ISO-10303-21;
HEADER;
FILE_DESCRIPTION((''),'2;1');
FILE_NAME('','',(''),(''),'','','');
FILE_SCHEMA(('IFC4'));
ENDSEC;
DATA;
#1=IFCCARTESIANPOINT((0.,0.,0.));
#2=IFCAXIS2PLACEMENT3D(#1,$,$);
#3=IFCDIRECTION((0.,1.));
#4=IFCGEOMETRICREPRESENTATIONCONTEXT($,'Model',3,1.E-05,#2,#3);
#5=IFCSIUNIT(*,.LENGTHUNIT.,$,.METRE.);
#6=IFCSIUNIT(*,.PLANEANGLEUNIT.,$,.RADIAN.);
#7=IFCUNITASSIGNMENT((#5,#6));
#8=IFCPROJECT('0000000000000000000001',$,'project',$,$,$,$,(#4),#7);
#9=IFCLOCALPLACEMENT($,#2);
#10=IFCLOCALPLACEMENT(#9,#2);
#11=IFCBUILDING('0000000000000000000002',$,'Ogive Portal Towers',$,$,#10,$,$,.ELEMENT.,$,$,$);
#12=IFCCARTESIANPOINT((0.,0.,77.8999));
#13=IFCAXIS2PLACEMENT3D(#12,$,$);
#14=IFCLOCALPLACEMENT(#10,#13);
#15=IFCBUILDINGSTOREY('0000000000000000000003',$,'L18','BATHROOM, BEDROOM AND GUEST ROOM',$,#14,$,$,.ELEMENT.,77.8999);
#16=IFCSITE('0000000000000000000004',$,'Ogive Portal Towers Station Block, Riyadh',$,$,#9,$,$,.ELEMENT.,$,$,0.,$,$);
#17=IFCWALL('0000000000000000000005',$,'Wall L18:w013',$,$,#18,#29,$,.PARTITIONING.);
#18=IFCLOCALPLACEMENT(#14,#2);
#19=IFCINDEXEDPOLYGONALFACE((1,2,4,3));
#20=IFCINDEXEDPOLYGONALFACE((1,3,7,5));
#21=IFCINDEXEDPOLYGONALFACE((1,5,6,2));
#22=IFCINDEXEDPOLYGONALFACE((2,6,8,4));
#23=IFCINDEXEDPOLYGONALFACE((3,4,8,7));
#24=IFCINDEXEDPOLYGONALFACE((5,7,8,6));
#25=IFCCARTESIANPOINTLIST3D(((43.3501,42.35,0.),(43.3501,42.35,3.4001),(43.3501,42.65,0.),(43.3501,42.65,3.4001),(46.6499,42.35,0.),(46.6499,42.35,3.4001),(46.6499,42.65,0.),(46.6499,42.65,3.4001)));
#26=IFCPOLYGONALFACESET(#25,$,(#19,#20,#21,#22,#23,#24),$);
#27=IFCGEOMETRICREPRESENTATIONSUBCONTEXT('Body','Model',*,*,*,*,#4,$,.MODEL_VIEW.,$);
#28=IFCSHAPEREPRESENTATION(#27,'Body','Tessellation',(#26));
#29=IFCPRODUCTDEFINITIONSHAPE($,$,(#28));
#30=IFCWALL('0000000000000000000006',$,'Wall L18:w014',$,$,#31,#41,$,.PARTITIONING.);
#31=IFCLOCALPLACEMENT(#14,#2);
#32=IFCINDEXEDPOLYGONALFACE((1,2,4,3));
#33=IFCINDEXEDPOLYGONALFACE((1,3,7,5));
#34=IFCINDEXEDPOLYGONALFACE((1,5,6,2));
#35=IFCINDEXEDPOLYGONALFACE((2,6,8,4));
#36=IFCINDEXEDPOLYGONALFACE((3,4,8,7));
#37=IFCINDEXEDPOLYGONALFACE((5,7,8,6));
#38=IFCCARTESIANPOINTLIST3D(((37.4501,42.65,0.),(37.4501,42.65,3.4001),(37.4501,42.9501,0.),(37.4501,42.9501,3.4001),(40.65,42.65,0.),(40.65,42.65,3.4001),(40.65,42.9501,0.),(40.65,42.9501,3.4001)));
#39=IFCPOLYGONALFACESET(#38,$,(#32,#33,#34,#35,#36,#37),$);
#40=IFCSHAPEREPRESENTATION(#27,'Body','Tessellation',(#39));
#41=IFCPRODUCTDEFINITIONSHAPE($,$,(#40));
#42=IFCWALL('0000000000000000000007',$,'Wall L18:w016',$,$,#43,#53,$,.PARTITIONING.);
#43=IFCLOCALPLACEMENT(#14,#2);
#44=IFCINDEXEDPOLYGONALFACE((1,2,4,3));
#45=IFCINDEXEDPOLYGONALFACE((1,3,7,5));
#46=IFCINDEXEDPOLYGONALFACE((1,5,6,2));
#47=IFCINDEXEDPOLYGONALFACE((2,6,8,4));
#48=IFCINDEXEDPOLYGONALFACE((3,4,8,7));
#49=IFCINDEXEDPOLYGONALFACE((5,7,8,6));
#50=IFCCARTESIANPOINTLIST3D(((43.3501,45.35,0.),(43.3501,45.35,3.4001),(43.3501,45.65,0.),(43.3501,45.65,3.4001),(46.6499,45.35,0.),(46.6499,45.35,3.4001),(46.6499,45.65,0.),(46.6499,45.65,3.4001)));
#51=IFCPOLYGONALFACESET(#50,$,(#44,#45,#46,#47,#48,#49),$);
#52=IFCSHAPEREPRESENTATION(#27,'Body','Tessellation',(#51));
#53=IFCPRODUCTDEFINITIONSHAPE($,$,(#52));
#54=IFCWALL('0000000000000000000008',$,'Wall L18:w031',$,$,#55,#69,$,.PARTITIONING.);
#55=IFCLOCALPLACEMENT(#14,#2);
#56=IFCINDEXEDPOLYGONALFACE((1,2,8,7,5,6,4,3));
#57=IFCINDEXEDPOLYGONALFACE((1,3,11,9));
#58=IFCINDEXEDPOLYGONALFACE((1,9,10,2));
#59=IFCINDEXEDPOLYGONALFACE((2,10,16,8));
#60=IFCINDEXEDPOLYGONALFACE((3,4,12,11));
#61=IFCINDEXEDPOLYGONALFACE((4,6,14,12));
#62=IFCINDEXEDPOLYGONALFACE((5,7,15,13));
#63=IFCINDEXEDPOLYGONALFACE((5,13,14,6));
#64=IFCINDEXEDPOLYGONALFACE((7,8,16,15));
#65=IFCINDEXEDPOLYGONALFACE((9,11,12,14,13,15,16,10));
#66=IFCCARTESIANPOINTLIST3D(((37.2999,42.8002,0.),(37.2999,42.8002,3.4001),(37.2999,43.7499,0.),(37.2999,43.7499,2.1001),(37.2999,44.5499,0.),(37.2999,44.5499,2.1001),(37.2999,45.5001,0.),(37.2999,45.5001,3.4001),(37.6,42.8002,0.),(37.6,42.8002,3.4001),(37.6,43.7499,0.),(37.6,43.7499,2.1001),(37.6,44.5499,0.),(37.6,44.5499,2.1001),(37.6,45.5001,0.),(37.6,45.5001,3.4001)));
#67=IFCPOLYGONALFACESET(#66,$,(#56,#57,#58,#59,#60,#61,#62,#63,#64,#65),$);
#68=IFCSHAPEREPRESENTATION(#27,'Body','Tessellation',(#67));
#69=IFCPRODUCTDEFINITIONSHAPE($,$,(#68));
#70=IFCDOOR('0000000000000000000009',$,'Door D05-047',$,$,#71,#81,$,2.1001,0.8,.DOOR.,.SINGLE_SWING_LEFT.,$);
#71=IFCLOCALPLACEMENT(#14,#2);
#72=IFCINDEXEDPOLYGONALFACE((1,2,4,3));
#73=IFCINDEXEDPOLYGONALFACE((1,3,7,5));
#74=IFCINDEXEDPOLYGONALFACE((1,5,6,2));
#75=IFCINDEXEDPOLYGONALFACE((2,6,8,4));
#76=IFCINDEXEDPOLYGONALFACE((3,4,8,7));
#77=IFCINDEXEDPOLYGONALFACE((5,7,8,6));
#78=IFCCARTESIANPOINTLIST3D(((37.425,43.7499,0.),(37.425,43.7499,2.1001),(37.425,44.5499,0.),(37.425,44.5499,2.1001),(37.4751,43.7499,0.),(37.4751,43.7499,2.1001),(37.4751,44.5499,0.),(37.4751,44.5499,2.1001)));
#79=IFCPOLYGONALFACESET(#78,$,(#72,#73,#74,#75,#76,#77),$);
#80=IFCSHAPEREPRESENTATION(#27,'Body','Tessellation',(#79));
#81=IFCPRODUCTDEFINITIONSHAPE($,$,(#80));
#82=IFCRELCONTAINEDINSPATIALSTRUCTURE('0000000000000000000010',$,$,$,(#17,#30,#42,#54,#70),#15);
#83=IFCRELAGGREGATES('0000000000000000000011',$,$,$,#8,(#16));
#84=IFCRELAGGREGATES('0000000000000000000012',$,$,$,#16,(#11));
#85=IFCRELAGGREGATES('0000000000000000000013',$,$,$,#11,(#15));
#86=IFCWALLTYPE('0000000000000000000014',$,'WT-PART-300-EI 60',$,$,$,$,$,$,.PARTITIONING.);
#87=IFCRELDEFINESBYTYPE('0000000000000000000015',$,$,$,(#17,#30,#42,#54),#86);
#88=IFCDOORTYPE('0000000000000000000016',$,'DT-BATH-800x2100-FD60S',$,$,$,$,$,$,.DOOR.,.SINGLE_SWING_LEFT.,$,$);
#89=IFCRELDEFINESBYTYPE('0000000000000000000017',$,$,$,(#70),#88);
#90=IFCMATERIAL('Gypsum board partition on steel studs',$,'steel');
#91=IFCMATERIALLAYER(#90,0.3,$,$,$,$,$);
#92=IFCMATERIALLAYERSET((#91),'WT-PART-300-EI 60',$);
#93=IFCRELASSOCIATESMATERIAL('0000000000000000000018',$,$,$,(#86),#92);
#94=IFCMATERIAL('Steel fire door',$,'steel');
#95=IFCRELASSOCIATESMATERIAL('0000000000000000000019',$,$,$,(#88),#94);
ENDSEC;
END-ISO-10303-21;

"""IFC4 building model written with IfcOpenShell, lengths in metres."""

from ifc_helpers import new_model, si_unit, direction, frame, frame_2d, origin, place, context, subcontext, project, spatial, rectangle, extrude, material, layer, layer_set, type_object, element, fill, save


model = new_model("IFC4")

# Units and contexts
model_context = context("Model", 3, precision=1e-05, world=origin(), true_north=direction((0.0, 1.0)))
body_context = subcontext(model_context, "Body", "Model", "MODEL_VIEW")
ifc_project = project(units=[si_unit("LENGTHUNIT", "METRE"), si_unit("PLANEANGLEUNIT", "RADIAN")], contexts=[model_context])

# Site, building, storey
site_placement = place(None, origin())
site = spatial("IfcSite", under=ifc_project, at=site_placement, Name="Ogive Portal Towers Station Block, Riyadh", CompositionType="ELEMENT", RefElevation=0.0)
building_placement = place(site_placement, origin())
building = spatial("IfcBuilding", under=site, at=building_placement, Name="Ogive Portal Towers", CompositionType="ELEMENT")
storey_placement = place(building_placement, frame((0.0, 0.0, 77.8999)))
storey = spatial("IfcBuildingStorey", under=building, at=storey_placement, Name="L18", Description="BATHROOM, BEDROOM AND GUEST ROOM", CompositionType="ELEMENT", Elevation=77.8999)

# Walls
ifc_material_1 = material(Name="Gypsum board partition on steel studs", Category="steel")
ifc_layer_1 = layer(ifc_material_1, 0.3)
ifc_layer_set_1 = layer_set([ifc_layer_1], Name="WT-PART-300-EI 60")
wall_type_1 = type_object("IfcWallType", Name="WT-PART-300-EI 60", PredefinedType="PARTITIONING", material=ifc_layer_set_1)
wall_1_placement = place(storey_placement, frame((43.3501, 42.5, 0.0), z_axis=(0.0, 0.0, 1.0), x_axis=(1.0, 0.0, 0.0)))
element("IfcWall", 1, at=wall_1_placement, inside=storey, type_object=wall_type_1, Name="Wall L18:w013", PredefinedType="PARTITIONING", context=body_context, shape_type="SweptSolid", body=[
    extrude(rectangle(XDim=3.2998, YDim=0.3, at=frame_2d((1.6499, 0.0))), origin(), (0.0, 0.0, 1.0), 3.4001),
])
wall_2_placement = place(storey_placement, frame((37.45, 42.8, 0.0), z_axis=(0.0, 0.0, 1.0), x_axis=(1.0, 0.0, 0.0)))
element("IfcWall", 2, at=wall_2_placement, inside=storey, type_object=wall_type_1, Name="Wall L18:w014", PredefinedType="PARTITIONING", context=body_context, shape_type="SweptSolid", body=[
    extrude(rectangle(XDim=3.2, YDim=0.3, at=frame_2d((1.6001, 0.0))), origin(), (0.0, 0.0, 1.0), 3.4001),
])
wall_3_placement = place(storey_placement, frame((43.3501, 45.5, 0.0), z_axis=(0.0, 0.0, 1.0), x_axis=(1.0, 0.0, 0.0)))
element("IfcWall", 3, at=wall_3_placement, inside=storey, type_object=wall_type_1, Name="Wall L18:w016", PredefinedType="PARTITIONING", context=body_context, shape_type="SweptSolid", body=[
    extrude(rectangle(XDim=3.2998, YDim=0.3, at=frame_2d((1.6499, 0.0))), origin(), (0.0, 0.0, 1.0), 3.4001),
])

# Wall, opening, door
wall_4_placement = place(storey_placement, frame((37.45, 42.8, 0.0), z_axis=(0.0, 0.0, 1.0), x_axis=(0.0, 1.0, 0.0)))
wall_4 = element("IfcWall", 4, at=wall_4_placement, inside=storey, type_object=wall_type_1, Name="Wall L18:w031", PredefinedType="PARTITIONING", context=body_context, shape_type="SweptSolid", body=[
    extrude(rectangle(XDim=2.7, YDim=0.3, at=frame_2d((1.3501, 0.0))), origin(), (0.0, 0.0, 1.0), 3.4001),
])
opening_1_placement = place(wall_4_placement, frame((0.95, 0.0, 0.0)))
opening_1 = element("IfcOpeningElement", 5, at=opening_1_placement, cuts=wall_4, PredefinedType="OPENING", context=body_context, shape_type="SweptSolid", body=[
    extrude(rectangle(XDim=0.8, YDim=2.1001, at=frame_2d((0.3999, 1.05))), frame((0.0, 0.1602, 0.0), z_axis=(0.0, -1.0, 0.0), x_axis=(1.0, 0.0, 0.0)), (0.0, 0.0, 1.0), 0.3201),
])
ifc_material_2 = material(Name="Steel fire door", Category="steel")
door_type_1 = type_object("IfcDoorType", Name="DT-BATH-800x2100-FD60S", OperationType="SINGLE_SWING_LEFT", PredefinedType="DOOR", material=ifc_material_2)
door_1_placement = place(opening_1_placement, origin())
door_1 = element("IfcDoor", 6, at=door_1_placement, inside=storey, type_object=door_type_1, Name="Door D05-047", OperationType="SINGLE_SWING_LEFT", OverallHeight=2.1001, OverallWidth=0.8, PredefinedType="DOOR", context=body_context, shape_type="SweptSolid", body=[
    extrude(rectangle(XDim=0.8, YDim=2.1001, at=frame_2d((0.3999, 1.05))), frame((0.0, 0.0249, 0.0), z_axis=(0.0, -1.0, 0.0), x_axis=(1.0, 0.0, 0.0)), (0.0, 0.0, 1.0), 0.05),
])
fill(opening_1, door_1)

save(model, "model.ifc")
